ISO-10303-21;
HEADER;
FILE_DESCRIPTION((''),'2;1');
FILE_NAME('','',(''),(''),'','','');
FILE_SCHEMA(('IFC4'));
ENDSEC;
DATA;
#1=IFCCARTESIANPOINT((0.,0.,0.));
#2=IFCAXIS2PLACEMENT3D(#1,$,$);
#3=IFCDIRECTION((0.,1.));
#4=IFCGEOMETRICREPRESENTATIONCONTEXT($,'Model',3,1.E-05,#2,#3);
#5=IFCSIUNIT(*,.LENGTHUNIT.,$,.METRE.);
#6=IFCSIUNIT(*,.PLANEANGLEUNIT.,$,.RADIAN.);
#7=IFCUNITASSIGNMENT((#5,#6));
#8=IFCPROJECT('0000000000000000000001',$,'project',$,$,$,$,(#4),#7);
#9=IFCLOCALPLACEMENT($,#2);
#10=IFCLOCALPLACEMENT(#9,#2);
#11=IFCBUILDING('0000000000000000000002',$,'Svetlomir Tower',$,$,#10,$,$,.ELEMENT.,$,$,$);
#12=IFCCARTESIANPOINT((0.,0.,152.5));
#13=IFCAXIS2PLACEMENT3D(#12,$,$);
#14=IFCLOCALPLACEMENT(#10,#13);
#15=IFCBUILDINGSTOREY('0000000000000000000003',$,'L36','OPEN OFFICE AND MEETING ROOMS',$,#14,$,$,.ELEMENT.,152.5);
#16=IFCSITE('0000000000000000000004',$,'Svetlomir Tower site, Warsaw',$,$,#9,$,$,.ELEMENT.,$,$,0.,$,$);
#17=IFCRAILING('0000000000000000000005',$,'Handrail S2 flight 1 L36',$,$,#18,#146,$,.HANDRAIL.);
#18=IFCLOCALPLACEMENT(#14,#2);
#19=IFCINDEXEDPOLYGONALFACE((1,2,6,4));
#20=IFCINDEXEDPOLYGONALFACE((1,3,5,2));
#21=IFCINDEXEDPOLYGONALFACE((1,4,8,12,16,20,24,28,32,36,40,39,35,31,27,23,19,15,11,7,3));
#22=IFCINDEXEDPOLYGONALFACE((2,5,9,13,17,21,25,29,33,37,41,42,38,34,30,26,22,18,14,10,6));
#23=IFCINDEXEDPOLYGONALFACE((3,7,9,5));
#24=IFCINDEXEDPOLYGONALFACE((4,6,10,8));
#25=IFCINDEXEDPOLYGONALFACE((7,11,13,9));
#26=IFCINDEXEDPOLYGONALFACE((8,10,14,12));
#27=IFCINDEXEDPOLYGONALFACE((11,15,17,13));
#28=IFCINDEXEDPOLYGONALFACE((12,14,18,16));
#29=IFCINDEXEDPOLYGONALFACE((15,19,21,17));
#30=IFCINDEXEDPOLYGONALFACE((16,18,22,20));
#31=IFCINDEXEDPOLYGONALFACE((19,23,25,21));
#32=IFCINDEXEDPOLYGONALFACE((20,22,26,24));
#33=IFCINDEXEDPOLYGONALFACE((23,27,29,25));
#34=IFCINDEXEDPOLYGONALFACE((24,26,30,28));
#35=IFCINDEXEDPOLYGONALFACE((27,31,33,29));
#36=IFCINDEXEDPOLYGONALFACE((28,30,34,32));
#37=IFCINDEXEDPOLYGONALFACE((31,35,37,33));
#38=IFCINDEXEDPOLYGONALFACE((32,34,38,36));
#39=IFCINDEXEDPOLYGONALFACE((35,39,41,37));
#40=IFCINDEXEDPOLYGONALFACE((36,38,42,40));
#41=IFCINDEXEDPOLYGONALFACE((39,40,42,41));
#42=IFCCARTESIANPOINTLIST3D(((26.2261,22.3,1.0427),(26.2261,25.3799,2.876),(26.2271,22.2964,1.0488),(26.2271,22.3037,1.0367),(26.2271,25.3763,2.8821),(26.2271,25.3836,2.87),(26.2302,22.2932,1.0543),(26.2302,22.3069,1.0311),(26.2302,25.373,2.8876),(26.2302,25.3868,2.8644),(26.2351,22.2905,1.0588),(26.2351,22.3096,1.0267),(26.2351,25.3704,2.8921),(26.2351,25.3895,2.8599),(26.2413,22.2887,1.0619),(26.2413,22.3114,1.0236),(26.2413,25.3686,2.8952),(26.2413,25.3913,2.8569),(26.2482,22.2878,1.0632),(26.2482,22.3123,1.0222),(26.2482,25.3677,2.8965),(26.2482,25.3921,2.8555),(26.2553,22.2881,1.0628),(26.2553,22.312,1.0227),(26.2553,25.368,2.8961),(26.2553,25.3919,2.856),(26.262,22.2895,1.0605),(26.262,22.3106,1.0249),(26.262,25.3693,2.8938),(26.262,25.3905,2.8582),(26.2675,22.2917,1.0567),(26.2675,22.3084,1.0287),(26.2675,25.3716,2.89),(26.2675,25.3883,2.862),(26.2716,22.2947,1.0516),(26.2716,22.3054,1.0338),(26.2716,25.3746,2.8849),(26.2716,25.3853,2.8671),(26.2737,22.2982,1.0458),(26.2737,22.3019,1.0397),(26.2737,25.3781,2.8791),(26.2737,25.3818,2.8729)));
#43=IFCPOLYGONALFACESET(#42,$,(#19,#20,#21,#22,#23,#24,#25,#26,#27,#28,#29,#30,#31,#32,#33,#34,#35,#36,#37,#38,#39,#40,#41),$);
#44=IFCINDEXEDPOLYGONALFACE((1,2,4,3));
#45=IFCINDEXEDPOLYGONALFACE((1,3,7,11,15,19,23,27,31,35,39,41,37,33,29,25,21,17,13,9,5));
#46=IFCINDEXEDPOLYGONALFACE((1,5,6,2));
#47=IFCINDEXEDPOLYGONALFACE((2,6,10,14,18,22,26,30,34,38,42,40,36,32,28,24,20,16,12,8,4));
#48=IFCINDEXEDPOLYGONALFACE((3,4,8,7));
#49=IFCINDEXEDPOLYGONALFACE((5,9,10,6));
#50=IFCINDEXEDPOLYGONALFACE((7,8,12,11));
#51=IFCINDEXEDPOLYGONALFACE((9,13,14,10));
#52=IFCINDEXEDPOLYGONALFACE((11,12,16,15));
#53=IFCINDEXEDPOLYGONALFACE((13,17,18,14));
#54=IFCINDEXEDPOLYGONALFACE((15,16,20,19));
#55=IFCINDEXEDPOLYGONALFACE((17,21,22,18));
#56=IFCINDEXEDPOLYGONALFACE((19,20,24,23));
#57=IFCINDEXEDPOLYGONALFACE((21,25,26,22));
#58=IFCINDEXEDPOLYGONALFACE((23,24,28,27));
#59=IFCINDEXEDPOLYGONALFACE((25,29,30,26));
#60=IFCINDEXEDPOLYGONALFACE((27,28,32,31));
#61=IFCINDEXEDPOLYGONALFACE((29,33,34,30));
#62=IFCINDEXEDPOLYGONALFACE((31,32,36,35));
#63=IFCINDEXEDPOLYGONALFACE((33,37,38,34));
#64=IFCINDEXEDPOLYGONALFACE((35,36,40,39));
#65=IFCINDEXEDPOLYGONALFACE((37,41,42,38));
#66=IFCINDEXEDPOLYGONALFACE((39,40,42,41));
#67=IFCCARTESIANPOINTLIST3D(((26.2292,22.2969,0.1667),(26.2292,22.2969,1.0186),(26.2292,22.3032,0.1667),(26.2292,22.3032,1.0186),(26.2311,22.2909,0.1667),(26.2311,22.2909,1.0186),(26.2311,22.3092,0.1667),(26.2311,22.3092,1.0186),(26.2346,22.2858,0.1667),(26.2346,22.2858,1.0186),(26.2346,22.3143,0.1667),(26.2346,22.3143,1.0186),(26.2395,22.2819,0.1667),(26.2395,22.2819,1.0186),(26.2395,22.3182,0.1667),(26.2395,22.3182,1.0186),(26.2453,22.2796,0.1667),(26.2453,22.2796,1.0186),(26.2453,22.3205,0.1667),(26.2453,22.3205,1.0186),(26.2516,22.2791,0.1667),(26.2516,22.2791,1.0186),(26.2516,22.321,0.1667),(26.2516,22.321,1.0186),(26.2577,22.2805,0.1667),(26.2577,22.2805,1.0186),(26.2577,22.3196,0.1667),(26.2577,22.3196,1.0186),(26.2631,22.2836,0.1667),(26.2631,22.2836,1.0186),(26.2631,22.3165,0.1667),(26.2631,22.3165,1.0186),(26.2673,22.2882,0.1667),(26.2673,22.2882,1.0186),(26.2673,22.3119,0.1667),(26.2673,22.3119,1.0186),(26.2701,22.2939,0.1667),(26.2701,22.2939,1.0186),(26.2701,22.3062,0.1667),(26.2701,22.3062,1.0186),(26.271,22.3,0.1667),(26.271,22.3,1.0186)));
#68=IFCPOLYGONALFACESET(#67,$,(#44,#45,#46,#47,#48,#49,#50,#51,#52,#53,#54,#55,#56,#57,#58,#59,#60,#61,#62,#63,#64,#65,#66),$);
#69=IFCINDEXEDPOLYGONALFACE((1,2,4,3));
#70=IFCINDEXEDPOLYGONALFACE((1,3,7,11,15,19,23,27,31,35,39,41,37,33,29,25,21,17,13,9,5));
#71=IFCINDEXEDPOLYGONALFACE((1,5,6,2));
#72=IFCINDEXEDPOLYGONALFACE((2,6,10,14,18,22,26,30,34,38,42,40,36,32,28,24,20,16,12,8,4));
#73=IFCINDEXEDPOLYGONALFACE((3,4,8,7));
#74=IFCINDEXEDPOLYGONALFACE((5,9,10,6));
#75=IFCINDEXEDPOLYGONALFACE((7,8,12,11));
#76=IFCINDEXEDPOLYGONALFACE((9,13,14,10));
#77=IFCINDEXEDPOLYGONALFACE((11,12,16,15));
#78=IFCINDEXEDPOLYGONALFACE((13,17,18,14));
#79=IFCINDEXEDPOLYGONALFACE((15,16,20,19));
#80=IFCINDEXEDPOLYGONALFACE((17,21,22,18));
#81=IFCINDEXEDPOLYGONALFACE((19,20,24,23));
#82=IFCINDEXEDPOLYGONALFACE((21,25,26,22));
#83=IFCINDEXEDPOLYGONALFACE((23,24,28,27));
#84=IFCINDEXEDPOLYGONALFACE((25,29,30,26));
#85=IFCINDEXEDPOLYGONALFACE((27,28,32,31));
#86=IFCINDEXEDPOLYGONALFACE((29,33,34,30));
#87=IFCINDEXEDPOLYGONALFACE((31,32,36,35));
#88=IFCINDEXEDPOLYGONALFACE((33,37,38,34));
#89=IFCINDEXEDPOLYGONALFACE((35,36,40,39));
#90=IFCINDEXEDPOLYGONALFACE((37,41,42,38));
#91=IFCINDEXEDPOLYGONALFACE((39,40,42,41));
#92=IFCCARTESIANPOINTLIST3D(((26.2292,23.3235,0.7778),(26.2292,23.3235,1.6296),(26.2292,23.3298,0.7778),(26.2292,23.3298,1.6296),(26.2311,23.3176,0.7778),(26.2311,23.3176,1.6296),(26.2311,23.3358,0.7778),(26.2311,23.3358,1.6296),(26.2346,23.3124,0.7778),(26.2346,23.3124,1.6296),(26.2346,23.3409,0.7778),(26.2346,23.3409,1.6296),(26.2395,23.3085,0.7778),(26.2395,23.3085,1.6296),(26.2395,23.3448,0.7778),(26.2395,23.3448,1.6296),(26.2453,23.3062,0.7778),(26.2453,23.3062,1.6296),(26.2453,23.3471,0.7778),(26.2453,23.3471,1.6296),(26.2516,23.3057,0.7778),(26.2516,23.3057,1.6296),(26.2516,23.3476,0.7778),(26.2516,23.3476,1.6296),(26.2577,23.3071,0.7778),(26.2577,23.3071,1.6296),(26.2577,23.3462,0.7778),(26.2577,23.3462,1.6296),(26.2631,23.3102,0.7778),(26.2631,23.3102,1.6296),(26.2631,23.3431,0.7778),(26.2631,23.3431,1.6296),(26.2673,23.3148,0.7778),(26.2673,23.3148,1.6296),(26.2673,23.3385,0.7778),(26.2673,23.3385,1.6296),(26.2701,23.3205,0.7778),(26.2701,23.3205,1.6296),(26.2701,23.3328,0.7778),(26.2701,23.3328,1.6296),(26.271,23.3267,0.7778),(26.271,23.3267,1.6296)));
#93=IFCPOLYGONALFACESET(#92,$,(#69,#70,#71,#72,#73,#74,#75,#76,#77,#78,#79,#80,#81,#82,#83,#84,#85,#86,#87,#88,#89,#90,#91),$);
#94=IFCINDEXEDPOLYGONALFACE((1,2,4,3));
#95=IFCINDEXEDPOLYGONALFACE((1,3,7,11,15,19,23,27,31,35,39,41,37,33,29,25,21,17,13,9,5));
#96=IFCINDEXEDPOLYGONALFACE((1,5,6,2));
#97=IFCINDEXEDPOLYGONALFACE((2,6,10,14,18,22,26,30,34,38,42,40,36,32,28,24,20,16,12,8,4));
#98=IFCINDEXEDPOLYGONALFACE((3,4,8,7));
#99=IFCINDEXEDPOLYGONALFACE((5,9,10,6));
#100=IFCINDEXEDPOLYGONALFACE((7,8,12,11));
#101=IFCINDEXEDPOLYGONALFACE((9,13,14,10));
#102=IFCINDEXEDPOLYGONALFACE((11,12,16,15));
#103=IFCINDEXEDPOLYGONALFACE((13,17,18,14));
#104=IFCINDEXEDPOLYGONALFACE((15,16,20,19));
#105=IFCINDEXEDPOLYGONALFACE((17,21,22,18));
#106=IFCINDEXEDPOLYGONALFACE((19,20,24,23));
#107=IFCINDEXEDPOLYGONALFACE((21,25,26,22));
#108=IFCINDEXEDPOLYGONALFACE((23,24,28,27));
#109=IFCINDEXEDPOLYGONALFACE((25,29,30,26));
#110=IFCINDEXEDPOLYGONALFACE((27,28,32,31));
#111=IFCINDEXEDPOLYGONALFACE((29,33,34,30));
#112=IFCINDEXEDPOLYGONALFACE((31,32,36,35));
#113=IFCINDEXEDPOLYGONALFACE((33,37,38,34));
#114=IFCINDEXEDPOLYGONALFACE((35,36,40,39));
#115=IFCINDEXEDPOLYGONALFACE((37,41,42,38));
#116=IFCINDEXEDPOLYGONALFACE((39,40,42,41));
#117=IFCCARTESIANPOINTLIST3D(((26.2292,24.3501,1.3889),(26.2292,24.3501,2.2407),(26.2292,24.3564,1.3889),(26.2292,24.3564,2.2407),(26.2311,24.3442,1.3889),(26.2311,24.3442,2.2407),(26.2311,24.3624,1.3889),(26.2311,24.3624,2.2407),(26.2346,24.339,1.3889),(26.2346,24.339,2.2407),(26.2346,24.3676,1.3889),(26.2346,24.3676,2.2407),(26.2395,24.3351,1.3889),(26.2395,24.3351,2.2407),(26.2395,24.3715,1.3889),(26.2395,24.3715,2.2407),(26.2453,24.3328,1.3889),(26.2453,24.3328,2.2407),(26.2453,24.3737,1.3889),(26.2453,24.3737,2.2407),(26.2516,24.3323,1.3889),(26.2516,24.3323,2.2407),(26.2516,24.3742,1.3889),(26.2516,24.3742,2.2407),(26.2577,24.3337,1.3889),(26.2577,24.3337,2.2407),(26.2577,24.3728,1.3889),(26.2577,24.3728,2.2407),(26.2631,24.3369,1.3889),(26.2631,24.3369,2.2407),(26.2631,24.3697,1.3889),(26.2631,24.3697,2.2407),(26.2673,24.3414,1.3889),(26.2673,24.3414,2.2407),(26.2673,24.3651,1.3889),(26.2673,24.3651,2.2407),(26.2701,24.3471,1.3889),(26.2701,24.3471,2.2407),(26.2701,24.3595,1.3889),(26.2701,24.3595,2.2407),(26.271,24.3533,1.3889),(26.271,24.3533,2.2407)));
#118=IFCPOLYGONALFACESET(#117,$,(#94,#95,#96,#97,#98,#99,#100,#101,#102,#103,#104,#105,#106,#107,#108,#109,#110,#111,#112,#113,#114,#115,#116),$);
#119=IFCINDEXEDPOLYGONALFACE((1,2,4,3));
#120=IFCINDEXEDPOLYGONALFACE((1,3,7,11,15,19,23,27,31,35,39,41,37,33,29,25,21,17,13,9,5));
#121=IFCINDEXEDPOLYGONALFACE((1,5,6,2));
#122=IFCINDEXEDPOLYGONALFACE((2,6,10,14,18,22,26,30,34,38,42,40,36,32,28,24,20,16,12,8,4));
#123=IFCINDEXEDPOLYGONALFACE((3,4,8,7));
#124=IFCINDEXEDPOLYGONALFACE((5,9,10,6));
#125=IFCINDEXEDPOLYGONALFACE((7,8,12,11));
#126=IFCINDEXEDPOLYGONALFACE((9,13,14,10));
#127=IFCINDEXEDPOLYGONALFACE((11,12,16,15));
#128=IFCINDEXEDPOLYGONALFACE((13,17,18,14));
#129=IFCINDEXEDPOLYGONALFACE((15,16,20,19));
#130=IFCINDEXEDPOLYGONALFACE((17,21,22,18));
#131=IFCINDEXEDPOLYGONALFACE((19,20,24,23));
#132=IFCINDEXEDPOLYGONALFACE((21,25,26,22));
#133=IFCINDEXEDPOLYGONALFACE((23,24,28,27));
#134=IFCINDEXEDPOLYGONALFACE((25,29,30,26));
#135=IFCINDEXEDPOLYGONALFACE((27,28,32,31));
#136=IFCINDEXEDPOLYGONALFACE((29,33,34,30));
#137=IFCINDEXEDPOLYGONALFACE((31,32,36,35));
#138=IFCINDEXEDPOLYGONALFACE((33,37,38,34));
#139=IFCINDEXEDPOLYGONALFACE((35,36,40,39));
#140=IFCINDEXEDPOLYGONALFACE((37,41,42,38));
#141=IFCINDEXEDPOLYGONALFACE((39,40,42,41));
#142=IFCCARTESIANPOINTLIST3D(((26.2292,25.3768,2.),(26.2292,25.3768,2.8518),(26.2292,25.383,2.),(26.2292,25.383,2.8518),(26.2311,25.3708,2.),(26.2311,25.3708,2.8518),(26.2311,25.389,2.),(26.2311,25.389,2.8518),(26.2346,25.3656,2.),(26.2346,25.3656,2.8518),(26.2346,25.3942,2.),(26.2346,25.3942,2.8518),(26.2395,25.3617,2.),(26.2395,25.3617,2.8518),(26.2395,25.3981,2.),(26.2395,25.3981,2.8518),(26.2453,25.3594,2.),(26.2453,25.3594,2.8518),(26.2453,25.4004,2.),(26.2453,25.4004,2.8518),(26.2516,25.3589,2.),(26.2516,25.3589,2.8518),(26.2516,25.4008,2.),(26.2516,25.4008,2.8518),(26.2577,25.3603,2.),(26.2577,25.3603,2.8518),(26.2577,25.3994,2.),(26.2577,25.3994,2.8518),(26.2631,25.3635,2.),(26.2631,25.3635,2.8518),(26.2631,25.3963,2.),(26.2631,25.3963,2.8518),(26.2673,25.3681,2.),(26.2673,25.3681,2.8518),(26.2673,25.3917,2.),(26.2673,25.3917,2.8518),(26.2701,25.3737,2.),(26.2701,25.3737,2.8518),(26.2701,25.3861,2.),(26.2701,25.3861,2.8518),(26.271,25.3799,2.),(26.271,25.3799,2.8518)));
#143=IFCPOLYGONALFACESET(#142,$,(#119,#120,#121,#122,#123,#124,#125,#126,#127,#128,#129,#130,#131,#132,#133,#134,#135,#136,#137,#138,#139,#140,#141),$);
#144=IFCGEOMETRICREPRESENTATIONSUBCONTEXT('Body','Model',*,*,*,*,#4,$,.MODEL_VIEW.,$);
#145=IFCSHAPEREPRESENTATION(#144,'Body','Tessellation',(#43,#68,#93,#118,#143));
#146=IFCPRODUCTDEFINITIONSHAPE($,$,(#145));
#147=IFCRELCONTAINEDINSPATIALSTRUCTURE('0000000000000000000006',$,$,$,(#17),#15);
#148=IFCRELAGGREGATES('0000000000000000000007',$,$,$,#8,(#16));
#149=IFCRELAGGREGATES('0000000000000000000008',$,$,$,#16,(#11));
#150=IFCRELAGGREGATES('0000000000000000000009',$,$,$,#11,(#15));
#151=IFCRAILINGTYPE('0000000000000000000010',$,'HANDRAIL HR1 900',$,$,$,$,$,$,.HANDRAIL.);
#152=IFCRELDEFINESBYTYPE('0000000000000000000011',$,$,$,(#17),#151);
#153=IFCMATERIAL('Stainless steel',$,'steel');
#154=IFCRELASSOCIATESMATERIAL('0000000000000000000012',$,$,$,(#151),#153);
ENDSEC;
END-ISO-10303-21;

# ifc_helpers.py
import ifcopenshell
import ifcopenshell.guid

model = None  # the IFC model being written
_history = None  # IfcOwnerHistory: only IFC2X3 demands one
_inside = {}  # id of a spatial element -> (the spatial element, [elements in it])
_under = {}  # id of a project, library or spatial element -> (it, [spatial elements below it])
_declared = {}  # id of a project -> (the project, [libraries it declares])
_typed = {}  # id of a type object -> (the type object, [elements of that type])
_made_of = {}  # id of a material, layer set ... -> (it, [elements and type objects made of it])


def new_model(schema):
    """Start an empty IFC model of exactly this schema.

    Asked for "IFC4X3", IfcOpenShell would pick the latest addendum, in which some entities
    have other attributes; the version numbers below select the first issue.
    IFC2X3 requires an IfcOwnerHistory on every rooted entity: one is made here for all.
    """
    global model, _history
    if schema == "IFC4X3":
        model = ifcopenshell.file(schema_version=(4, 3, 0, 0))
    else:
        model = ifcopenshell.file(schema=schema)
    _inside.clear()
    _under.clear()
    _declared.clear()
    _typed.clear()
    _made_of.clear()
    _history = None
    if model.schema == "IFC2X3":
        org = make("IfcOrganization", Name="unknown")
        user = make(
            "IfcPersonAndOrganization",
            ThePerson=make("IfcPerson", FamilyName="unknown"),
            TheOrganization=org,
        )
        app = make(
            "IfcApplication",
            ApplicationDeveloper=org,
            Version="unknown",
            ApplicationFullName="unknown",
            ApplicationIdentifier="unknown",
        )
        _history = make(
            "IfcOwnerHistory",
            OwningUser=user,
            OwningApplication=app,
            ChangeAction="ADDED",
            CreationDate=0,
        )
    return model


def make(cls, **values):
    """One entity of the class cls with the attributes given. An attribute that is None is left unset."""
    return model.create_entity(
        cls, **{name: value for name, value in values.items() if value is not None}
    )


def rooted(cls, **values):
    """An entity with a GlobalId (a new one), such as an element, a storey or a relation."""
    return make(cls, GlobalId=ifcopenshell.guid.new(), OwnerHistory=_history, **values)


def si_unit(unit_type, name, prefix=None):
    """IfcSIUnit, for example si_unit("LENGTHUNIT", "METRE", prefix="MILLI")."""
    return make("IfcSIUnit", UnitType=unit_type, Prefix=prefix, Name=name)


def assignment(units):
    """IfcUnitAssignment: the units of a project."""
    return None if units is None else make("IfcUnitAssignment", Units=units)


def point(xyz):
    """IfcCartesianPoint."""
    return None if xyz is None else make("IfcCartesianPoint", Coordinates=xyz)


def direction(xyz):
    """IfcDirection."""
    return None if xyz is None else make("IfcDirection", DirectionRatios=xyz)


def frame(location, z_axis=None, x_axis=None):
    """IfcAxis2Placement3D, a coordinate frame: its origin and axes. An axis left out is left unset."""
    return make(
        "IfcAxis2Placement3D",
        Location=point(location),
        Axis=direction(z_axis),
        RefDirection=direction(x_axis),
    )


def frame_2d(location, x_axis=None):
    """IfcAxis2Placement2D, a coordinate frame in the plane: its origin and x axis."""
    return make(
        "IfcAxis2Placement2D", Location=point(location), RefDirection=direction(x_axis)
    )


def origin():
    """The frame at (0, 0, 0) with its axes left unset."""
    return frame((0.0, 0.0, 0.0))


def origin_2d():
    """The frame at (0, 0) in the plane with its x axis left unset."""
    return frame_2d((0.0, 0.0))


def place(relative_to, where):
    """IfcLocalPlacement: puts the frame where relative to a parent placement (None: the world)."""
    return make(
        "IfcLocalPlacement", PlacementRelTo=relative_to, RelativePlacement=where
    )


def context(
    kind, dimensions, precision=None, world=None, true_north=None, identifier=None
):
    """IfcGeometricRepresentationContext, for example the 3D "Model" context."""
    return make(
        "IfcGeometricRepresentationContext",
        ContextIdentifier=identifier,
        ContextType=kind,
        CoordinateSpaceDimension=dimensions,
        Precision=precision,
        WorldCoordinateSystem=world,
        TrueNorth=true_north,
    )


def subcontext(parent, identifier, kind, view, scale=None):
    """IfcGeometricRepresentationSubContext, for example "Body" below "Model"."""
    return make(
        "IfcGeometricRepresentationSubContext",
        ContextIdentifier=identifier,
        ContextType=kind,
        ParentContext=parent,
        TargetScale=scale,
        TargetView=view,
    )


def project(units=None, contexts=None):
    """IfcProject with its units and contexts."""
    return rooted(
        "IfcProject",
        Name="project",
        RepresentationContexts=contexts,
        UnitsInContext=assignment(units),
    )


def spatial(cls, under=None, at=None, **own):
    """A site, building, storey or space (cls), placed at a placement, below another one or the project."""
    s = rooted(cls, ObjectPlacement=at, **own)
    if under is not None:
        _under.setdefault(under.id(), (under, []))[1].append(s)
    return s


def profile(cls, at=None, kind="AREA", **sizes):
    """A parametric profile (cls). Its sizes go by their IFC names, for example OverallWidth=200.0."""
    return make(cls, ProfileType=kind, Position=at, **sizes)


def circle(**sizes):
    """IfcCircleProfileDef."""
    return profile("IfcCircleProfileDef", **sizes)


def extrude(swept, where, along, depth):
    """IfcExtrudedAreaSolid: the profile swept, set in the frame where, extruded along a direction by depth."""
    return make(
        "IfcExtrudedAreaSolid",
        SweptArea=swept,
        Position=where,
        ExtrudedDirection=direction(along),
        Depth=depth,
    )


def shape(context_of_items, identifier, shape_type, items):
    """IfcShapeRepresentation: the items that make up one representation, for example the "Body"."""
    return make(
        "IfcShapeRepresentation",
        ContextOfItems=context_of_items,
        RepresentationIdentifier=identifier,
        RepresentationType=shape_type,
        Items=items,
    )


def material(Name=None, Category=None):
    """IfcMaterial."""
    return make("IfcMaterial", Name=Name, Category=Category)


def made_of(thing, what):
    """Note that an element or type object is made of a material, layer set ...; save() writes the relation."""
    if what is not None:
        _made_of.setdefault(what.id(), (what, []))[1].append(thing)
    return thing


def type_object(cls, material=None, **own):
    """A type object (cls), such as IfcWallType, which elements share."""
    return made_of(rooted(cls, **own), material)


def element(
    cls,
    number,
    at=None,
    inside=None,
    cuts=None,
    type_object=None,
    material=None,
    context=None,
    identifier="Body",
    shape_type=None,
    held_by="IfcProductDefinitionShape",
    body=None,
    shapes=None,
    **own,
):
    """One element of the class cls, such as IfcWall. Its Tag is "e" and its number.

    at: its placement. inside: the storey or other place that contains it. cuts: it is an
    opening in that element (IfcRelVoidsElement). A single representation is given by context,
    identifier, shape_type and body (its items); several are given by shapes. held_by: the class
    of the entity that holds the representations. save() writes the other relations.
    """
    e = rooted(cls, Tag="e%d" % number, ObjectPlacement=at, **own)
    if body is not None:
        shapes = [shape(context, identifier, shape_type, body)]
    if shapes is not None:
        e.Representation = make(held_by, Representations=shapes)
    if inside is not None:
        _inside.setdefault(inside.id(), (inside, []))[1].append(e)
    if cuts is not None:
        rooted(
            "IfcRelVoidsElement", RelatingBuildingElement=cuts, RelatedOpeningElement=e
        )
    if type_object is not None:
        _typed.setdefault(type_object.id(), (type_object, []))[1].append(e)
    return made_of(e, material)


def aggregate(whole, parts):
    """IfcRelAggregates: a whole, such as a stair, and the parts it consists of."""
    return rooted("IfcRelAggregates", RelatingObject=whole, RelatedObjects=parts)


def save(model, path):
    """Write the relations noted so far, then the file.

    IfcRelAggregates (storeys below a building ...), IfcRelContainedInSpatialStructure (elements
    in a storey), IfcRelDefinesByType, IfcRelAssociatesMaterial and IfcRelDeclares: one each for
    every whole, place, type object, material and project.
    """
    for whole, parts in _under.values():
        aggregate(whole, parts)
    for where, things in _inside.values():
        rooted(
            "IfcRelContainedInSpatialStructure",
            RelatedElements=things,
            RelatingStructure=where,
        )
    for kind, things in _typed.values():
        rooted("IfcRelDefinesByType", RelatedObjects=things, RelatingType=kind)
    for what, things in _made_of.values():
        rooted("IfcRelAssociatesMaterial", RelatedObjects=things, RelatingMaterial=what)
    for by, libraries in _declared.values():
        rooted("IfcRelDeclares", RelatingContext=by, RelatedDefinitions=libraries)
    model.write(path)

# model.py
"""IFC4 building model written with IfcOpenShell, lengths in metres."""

from ifc_helpers import new_model, si_unit, direction, frame, origin, origin_2d, place, context, subcontext, project, spatial, circle, extrude, material, type_object, element, save


model = new_model("IFC4")

# Units and contexts
model_context = context("Model", 3, precision=1e-05, world=origin(), true_north=direction((0.0, 1.0)))
body_context = subcontext(model_context, "Body", "Model", "MODEL_VIEW")
ifc_project = project(units=[si_unit("LENGTHUNIT", "METRE"), si_unit("PLANEANGLEUNIT", "RADIAN")], contexts=[model_context])

# Site, building, storey
site_placement = place(None, origin())
site = spatial("IfcSite", under=ifc_project, at=site_placement, Name="Svetlomir Tower site, Warsaw", CompositionType="ELEMENT", RefElevation=0.0)
building_placement = place(site_placement, origin())
building = spatial("IfcBuilding", under=site, at=building_placement, Name="Svetlomir Tower", CompositionType="ELEMENT")
storey_placement = place(building_placement, frame((0.0, 0.0, 152.5)))
storey = spatial("IfcBuildingStorey", under=building, at=storey_placement, Name="L36", Description="OPEN OFFICE AND MEETING ROOMS", CompositionType="ELEMENT", Elevation=152.5)

# Railing
ifc_material_1 = material(Name="Stainless steel", Category="steel")
railing_type = type_object("IfcRailingType", Name="HANDRAIL HR1 900", PredefinedType="HANDRAIL", material=ifc_material_1)
railing_1_placement = place(storey_placement, frame((26.25, 22.3, 0.1667)))
element("IfcRailing", 1, at=railing_1_placement, inside=storey, type_object=railing_type, Name="Handrail S2 flight 1 L36", PredefinedType="HANDRAIL", context=body_context, shape_type="SweptSolid", body=[
    extrude(circle(Radius=0.0239, at=origin_2d()), frame((0.0, 0.0, 0.876), z_axis=(0.0, 0.859291, 0.511487), x_axis=(-1.0, 0.0, 0.0)), (0.0, 0.0, 1.0), 3.5842),
    extrude(circle(Radius=0.021, at=origin_2d()), origin(), (0.0, 0.0, 1.0), 0.8518),
    extrude(circle(Radius=0.021, at=origin_2d()), frame((0.0, 1.0266, 0.6111)), (0.0, 0.0, 1.0), 0.8518),
    extrude(circle(Radius=0.021, at=origin_2d()), frame((0.0, 2.0532, 1.2222)), (0.0, 0.0, 1.0), 0.8518),
    extrude(circle(Radius=0.021, at=origin_2d()), frame((0.0, 3.0798, 1.8333)), (0.0, 0.0, 1.0), 0.8518),
])

save(model, "model.ifc")
